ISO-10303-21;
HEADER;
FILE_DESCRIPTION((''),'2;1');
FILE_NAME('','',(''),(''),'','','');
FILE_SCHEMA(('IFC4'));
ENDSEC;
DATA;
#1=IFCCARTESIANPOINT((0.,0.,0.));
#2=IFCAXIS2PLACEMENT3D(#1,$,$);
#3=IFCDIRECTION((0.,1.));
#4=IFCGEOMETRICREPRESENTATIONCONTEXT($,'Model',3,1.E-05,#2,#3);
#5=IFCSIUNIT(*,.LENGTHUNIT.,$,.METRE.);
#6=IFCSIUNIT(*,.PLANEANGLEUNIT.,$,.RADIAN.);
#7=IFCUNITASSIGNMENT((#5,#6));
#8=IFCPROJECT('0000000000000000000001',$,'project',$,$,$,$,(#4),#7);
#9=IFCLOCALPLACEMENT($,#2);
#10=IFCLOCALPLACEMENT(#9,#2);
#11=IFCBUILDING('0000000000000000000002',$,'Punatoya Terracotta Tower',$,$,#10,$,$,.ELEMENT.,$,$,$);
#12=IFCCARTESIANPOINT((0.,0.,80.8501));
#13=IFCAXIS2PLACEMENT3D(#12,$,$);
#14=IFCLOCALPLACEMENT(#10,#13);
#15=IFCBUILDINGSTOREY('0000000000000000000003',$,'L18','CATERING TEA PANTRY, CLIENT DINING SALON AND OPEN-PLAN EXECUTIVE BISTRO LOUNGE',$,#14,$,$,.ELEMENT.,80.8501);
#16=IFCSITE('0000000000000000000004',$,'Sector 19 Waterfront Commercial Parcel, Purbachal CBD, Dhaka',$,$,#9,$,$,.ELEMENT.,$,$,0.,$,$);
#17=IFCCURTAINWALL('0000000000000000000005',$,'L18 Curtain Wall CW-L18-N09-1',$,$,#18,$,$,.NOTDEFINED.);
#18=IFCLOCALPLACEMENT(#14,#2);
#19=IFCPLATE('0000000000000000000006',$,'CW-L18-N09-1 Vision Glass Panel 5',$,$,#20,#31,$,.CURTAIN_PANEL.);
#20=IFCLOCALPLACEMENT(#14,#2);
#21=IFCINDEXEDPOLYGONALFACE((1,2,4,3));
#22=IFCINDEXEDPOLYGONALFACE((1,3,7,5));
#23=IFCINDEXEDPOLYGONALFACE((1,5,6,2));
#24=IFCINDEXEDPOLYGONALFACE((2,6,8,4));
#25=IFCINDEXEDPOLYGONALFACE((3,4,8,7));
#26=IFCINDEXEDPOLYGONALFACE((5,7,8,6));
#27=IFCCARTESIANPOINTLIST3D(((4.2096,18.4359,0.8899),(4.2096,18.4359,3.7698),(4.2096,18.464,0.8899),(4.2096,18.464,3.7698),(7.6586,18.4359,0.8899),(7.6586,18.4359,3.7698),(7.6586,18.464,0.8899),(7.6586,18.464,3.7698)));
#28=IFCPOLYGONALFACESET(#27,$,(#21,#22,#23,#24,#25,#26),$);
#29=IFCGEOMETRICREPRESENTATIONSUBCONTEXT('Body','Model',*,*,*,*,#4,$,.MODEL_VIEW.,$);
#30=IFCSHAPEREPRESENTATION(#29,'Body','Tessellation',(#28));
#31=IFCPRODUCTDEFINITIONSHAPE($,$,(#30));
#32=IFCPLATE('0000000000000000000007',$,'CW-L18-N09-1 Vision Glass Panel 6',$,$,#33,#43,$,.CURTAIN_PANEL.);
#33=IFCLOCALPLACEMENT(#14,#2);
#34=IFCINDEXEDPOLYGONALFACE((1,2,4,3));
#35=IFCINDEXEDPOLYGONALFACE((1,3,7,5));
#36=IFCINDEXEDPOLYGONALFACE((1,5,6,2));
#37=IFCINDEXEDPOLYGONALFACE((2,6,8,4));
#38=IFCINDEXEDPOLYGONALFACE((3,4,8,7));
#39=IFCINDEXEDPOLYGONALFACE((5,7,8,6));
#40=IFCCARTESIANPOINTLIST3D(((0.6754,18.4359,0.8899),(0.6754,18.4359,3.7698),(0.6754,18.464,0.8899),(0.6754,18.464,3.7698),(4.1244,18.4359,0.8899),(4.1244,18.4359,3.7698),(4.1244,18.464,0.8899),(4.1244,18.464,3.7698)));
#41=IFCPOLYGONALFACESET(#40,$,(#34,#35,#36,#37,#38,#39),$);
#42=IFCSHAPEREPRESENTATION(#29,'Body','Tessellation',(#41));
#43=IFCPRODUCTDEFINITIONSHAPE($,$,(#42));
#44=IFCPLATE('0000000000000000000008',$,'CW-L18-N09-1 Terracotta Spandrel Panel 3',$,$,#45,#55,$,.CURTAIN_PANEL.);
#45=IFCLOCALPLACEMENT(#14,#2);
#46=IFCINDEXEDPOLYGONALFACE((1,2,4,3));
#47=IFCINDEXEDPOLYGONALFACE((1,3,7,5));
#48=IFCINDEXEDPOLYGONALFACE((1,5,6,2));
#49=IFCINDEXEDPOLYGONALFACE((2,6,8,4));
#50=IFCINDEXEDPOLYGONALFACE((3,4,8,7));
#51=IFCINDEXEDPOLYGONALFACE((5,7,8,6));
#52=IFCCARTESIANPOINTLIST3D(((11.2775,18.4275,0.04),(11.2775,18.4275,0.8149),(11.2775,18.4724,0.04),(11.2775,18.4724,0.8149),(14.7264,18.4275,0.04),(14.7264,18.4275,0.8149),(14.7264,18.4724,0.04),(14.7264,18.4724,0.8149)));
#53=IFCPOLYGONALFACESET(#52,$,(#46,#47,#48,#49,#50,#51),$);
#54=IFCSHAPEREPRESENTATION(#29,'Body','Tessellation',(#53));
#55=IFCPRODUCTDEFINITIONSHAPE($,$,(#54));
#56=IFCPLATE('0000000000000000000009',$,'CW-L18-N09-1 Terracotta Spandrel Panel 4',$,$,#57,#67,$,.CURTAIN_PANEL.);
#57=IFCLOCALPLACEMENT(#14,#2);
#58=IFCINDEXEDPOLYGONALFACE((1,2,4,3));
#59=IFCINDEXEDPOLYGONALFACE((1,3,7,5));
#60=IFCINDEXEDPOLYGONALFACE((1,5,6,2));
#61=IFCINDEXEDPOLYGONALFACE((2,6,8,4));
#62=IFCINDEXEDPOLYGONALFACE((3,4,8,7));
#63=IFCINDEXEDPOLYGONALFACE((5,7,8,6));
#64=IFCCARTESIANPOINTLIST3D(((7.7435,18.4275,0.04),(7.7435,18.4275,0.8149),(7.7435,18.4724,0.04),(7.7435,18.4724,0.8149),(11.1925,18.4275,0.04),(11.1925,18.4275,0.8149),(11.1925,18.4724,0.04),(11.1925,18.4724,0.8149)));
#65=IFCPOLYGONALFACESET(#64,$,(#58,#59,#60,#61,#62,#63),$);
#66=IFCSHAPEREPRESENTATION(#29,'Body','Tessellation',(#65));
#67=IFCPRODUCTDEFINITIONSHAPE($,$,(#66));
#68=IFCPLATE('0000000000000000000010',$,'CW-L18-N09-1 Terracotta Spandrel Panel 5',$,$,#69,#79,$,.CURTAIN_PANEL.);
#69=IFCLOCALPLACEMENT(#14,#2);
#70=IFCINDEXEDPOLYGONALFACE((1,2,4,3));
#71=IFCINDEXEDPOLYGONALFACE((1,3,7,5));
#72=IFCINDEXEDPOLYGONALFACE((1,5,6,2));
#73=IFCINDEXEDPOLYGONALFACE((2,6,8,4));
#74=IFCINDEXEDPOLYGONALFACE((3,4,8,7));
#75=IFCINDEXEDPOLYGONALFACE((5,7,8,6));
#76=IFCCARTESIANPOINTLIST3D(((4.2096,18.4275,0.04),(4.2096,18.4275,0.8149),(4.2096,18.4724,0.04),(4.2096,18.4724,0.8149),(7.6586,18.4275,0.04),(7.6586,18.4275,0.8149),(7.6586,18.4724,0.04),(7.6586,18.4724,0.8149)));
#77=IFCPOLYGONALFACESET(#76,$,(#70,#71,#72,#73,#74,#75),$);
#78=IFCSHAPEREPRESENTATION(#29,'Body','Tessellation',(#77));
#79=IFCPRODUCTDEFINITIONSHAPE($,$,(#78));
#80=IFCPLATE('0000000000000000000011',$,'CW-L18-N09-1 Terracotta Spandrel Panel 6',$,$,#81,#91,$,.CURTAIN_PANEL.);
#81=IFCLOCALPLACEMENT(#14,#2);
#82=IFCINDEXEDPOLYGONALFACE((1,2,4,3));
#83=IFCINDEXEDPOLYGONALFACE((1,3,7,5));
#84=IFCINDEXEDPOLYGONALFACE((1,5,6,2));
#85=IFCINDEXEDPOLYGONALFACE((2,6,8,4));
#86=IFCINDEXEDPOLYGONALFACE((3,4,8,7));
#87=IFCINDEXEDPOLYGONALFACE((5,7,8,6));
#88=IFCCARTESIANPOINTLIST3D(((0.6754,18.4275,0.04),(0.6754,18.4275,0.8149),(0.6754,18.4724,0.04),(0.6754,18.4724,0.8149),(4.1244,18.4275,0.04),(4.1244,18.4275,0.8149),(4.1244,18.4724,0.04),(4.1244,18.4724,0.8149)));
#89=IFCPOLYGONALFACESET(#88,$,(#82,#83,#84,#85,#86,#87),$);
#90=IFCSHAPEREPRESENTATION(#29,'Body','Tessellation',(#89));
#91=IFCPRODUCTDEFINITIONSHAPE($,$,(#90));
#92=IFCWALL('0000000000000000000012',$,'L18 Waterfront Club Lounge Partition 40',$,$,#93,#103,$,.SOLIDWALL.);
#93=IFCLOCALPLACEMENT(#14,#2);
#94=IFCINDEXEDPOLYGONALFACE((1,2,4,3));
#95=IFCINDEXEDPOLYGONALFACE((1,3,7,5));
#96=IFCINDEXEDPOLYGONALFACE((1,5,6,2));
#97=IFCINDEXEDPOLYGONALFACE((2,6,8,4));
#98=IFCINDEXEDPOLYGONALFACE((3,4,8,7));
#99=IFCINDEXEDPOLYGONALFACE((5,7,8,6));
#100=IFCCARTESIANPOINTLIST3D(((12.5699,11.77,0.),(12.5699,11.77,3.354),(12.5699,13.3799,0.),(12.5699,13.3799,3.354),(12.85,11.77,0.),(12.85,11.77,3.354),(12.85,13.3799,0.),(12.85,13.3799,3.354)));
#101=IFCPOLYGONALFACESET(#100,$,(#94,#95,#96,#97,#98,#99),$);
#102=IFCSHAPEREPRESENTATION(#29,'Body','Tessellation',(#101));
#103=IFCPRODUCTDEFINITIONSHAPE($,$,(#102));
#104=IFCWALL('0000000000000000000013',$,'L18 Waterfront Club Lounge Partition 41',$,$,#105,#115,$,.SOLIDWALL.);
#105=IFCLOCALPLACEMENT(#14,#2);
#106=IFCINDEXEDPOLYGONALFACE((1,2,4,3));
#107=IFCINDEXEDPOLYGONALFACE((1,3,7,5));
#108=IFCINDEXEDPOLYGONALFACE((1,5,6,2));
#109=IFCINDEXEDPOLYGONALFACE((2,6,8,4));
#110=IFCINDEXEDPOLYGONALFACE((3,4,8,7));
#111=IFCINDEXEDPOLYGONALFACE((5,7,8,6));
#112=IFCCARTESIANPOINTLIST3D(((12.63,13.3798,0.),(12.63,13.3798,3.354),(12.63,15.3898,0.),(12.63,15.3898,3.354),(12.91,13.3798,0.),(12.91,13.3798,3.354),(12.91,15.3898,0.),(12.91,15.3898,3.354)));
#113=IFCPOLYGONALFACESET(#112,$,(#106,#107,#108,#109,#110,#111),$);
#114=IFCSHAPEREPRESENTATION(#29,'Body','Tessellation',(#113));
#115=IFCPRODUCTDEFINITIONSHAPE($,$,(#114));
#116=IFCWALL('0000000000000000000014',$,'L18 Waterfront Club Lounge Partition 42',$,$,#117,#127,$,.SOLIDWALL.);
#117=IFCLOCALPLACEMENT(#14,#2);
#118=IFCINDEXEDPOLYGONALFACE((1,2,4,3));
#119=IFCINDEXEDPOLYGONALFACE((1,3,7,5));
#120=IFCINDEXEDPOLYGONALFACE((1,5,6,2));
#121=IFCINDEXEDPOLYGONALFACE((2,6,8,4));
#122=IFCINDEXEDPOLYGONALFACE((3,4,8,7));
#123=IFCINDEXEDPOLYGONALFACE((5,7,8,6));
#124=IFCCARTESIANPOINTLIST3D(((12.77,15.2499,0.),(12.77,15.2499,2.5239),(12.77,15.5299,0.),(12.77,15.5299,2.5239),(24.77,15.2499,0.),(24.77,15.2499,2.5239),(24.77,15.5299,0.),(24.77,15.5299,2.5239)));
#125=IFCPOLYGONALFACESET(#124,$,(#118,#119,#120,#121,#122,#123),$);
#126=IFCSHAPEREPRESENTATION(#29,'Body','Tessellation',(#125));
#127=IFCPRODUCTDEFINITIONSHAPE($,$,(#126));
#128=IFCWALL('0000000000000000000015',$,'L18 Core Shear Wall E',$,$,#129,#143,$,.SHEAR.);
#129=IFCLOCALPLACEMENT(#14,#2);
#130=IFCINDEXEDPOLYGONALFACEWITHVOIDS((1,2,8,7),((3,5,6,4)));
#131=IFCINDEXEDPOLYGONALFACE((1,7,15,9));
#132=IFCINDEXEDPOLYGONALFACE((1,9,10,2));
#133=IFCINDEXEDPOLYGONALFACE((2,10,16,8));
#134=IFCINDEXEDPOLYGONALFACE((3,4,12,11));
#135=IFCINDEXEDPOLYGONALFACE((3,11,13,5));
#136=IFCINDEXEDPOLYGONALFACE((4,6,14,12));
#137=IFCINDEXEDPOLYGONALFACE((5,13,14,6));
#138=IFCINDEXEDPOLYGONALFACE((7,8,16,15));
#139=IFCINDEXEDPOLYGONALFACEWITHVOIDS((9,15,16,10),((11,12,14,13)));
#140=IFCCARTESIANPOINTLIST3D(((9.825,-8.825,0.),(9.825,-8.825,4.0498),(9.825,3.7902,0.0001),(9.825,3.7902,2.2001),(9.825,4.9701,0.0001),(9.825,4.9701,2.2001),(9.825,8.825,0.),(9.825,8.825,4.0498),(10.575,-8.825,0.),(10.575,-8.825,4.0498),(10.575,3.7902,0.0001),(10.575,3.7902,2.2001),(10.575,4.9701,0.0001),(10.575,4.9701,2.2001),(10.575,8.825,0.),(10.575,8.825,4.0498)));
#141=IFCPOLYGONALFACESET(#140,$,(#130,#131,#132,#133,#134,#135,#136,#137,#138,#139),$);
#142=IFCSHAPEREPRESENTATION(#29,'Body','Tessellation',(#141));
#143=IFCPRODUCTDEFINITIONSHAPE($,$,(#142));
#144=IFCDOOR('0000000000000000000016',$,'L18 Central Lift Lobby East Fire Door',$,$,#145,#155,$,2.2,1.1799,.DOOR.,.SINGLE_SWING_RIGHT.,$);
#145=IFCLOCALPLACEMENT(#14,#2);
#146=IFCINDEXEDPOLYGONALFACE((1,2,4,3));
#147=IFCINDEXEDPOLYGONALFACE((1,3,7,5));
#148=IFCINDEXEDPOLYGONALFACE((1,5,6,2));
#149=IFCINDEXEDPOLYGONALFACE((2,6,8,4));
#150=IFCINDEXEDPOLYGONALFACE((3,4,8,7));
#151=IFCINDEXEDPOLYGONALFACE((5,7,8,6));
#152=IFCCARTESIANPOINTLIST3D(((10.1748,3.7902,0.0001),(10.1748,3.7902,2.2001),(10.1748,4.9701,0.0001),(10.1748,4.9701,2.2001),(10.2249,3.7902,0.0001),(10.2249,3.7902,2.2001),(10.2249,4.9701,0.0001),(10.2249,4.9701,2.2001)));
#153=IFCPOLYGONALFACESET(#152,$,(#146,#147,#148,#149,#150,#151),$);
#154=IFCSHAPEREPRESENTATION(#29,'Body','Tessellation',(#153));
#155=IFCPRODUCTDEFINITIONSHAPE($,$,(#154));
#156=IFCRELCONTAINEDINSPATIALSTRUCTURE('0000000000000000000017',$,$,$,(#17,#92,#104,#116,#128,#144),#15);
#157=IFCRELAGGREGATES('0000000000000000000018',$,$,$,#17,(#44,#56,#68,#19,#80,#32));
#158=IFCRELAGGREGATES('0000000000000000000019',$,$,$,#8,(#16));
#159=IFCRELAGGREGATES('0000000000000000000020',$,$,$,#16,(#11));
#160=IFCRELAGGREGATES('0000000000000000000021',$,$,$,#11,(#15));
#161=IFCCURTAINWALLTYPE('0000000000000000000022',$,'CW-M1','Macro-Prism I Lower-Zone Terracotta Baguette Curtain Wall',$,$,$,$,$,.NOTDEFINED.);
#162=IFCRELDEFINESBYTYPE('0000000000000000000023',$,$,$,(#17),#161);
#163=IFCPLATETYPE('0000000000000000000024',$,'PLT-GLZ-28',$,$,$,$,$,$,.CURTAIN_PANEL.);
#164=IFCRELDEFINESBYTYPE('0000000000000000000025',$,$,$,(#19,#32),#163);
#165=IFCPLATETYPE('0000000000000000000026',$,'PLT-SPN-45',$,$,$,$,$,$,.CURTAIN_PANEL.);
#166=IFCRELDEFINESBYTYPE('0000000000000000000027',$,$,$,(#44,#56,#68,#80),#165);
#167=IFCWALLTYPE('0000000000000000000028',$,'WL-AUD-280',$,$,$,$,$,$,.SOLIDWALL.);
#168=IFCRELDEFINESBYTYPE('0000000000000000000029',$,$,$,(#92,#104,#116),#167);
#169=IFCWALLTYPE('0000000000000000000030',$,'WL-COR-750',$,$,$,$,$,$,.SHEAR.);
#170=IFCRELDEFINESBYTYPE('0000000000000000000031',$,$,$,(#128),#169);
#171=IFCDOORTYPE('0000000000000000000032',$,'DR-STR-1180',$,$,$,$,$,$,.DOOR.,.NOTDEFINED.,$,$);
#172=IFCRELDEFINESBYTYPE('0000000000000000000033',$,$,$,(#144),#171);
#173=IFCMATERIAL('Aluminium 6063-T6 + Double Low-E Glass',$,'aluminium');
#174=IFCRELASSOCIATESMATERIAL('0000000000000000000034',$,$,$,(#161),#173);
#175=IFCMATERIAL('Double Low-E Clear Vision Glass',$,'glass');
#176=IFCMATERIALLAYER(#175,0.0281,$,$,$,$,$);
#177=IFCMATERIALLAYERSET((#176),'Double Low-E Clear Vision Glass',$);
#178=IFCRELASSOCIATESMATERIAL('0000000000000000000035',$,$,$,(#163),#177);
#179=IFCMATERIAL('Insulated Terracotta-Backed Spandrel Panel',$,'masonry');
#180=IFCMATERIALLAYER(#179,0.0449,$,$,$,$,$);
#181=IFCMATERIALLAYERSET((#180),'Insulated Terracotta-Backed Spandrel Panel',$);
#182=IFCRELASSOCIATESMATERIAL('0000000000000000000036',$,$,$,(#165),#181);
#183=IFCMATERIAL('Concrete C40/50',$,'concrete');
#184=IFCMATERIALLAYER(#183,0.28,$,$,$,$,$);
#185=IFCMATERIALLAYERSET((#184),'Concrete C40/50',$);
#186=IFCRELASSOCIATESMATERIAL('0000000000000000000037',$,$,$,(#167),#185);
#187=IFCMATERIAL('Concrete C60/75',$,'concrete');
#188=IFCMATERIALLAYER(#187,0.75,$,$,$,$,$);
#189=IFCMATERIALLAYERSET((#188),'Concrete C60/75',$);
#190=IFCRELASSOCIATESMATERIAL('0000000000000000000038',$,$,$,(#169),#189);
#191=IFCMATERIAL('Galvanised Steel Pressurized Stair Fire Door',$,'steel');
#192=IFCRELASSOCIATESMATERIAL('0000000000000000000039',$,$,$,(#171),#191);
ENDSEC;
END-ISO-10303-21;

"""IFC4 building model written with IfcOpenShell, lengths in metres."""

from ifc_helpers import new_model, si_unit, direction, frame, frame_2d, origin, origin_2d, place, context, subcontext, project, spatial, rectangle, extrude, material, layer, layer_set, type_object, element, fill, aggregate, save


model = new_model("IFC4")

# Units and contexts
model_context = context("Model", 3, precision=1e-05, world=origin(), true_north=direction((0.0, 1.0)))
body_context = subcontext(model_context, "Body", "Model", "MODEL_VIEW")
ifc_project = project(units=[si_unit("LENGTHUNIT", "METRE"), si_unit("PLANEANGLEUNIT", "RADIAN")], contexts=[model_context])

# Site, building, storey
site_placement = place(None, origin())
site = spatial("IfcSite", under=ifc_project, at=site_placement, Name="Sector 19 Waterfront Commercial Parcel, Purbachal CBD, Dhaka", CompositionType="ELEMENT", RefElevation=0.0)
building_placement = place(site_placement, origin())
building = spatial("IfcBuilding", under=site, at=building_placement, Name="Punatoya Terracotta Tower", CompositionType="ELEMENT")
storey_placement = place(building_placement, frame((0.0, 0.0, 80.8501)))
storey = spatial("IfcBuildingStorey", under=building, at=storey_placement, Name="L18", Description="CATERING TEA PANTRY, CLIENT DINING SALON AND OPEN-PLAN EXECUTIVE BISTRO LOUNGE", CompositionType="ELEMENT", Elevation=80.8501)

# Curtain wall, plates
ifc_material_1 = material(Name="Aluminium 6063-T6 + Double Low-E Glass", Category="aluminium")
curtain_wall_type = type_object("IfcCurtainWallType", Name="CW-M1", Description="Macro-Prism I Lower-Zone Terracotta Baguette Curtain Wall", PredefinedType="NOTDEFINED", material=ifc_material_1)
curtain_wall_placement = place(storey_placement, origin())
curtain_wall = element("IfcCurtainWall", 1, at=curtain_wall_placement, inside=storey, type_object=curtain_wall_type, Name="L18 Curtain Wall CW-L18-N09-1", PredefinedType="NOTDEFINED")
ifc_material_2 = material(Name="Double Low-E Clear Vision Glass", Category="glass")
ifc_layer_1 = layer(ifc_material_2, 0.0281)
ifc_layer_set_1 = layer_set([ifc_layer_1], Name="Double Low-E Clear Vision Glass")
plate_type_1 = type_object("IfcPlateType", Name="PLT-GLZ-28", PredefinedType="CURTAIN_PANEL", material=ifc_layer_set_1)
plate_1_placement = place(storey_placement, frame((5.9341, 18.45, 0.8899), z_axis=(0.0, 0.0, 1.0), x_axis=(-1.0, 0.0, 0.0)))
plate_1 = element("IfcPlate", 2, at=plate_1_placement, type_object=plate_type_1, Name="CW-L18-N09-1 Vision Glass Panel 5", PredefinedType="CURTAIN_PANEL", context=body_context, shape_type="SweptSolid", body=[
    extrude(rectangle(XDim=3.449, YDim=0.0281, at=origin_2d()), origin(), (0.0, 0.0, 1.0), 2.8799),
])
plate_2_placement = place(storey_placement, frame((2.3999, 18.45, 0.8899), z_axis=(0.0, 0.0, 1.0), x_axis=(-1.0, 0.0, 0.0)))
plate_2 = element("IfcPlate", 3, at=plate_2_placement, type_object=plate_type_1, Name="CW-L18-N09-1 Vision Glass Panel 6", PredefinedType="CURTAIN_PANEL", context=body_context, shape_type="SweptSolid", body=[
    extrude(rectangle(XDim=3.449, YDim=0.0281, at=origin_2d()), origin(), (0.0, 0.0, 1.0), 2.8799),
])
ifc_material_3 = material(Name="Insulated Terracotta-Backed Spandrel Panel", Category="masonry")
ifc_layer_2 = layer(ifc_material_3, 0.0449)
ifc_layer_set_2 = layer_set([ifc_layer_2], Name="Insulated Terracotta-Backed Spandrel Panel")
plate_type_2 = type_object("IfcPlateType", Name="PLT-SPN-45", PredefinedType="CURTAIN_PANEL", material=ifc_layer_set_2)
plate_3_placement = place(storey_placement, frame((13.002, 18.45, 0.04), z_axis=(0.0, 0.0, 1.0), x_axis=(-1.0, 0.0, 0.0)))
plate_3 = element("IfcPlate", 4, at=plate_3_placement, type_object=plate_type_2, Name="CW-L18-N09-1 Terracotta Spandrel Panel 3", PredefinedType="CURTAIN_PANEL", context=body_context, shape_type="SweptSolid", body=[
    extrude(rectangle(XDim=3.449, YDim=0.0449, at=origin_2d()), origin(), (0.0, 0.0, 1.0), 0.7749),
])
plate_4_placement = place(storey_placement, frame((9.468, 18.45, 0.04), z_axis=(0.0, 0.0, 1.0), x_axis=(-1.0, 0.0, 0.0)))
plate_4 = element("IfcPlate", 5, at=plate_4_placement, type_object=plate_type_2, Name="CW-L18-N09-1 Terracotta Spandrel Panel 4", PredefinedType="CURTAIN_PANEL", context=body_context, shape_type="SweptSolid", body=[
    extrude(rectangle(XDim=3.449, YDim=0.0449, at=origin_2d()), origin(), (0.0, 0.0, 1.0), 0.7749),
])
plate_5_placement = place(storey_placement, frame((5.9341, 18.45, 0.04), z_axis=(0.0, 0.0, 1.0), x_axis=(-1.0, 0.0, 0.0)))
plate_5 = element("IfcPlate", 6, at=plate_5_placement, type_object=plate_type_2, Name="CW-L18-N09-1 Terracotta Spandrel Panel 5", PredefinedType="CURTAIN_PANEL", context=body_context, shape_type="SweptSolid", body=[
    extrude(rectangle(XDim=3.449, YDim=0.0449, at=origin_2d()), origin(), (0.0, 0.0, 1.0), 0.7749),
])
plate_6_placement = place(storey_placement, frame((2.3999, 18.45, 0.04), z_axis=(0.0, 0.0, 1.0), x_axis=(-1.0, 0.0, 0.0)))
plate_6 = element("IfcPlate", 7, at=plate_6_placement, type_object=plate_type_2, Name="CW-L18-N09-1 Terracotta Spandrel Panel 6", PredefinedType="CURTAIN_PANEL", context=body_context, shape_type="SweptSolid", body=[
    extrude(rectangle(XDim=3.449, YDim=0.0449, at=origin_2d()), origin(), (0.0, 0.0, 1.0), 0.7749),
])
aggregate(curtain_wall, [plate_3, plate_4, plate_5, plate_1, plate_6, plate_2])

# Walls
ifc_material_4 = material(Name="Concrete C40/50", Category="concrete")
ifc_layer_3 = layer(ifc_material_4, 0.28)
ifc_layer_set_3 = layer_set([ifc_layer_3], Name="Concrete C40/50")
wall_type_1 = type_object("IfcWallType", Name="WL-AUD-280", PredefinedType="SOLIDWALL", material=ifc_layer_set_3)
wall_1_placement = place(storey_placement, frame((12.71, 11.77, 0.0), z_axis=(0.0, 0.0, 1.0), x_axis=(0.0, 1.0, 0.0)))
element("IfcWall", 8, at=wall_1_placement, inside=storey, type_object=wall_type_1, Name="L18 Waterfront Club Lounge Partition 40", PredefinedType="SOLIDWALL", context=body_context, shape_type="SweptSolid", body=[
    extrude(rectangle(XDim=1.6099, YDim=0.28, at=frame_2d((0.8049, 0.0))), origin(), (0.0, 0.0, 1.0), 3.354),
])
wall_2_placement = place(storey_placement, frame((12.77, 13.3799, 0.0), z_axis=(0.0, 0.0, 1.0), x_axis=(0.0, 1.0, 0.0)))
element("IfcWall", 9, at=wall_2_placement, inside=storey, type_object=wall_type_1, Name="L18 Waterfront Club Lounge Partition 41", PredefinedType="SOLIDWALL", context=body_context, shape_type="SweptSolid", body=[
    extrude(rectangle(XDim=2.01, YDim=0.28, at=frame_2d((1.0049, 0.0))), origin(), (0.0, 0.0, 1.0), 3.354),
])
wall_3_placement = place(storey_placement, frame((12.77, 15.3899, 0.0), z_axis=(0.0, 0.0, 1.0), x_axis=(1.0, 0.0, 0.0)))
element("IfcWall", 10, at=wall_3_placement, inside=storey, type_object=wall_type_1, Name="L18 Waterfront Club Lounge Partition 42", PredefinedType="SOLIDWALL", context=body_context, shape_type="SweptSolid", body=[
    extrude(rectangle(XDim=12.0, YDim=0.28, at=frame_2d((6.0, 0.0))), origin(), (0.0, 0.0, 1.0), 2.5239),
])

# Wall, opening, door
ifc_material_5 = material(Name="Concrete C60/75", Category="concrete")
ifc_layer_4 = layer(ifc_material_5, 0.75)
ifc_layer_set_4 = layer_set([ifc_layer_4], Name="Concrete C60/75")
wall_type_2 = type_object("IfcWallType", Name="WL-COR-750", PredefinedType="SHEAR", material=ifc_layer_set_4)
wall_4_placement = place(storey_placement, frame((10.2, 8.825, 0.0), z_axis=(0.0, 0.0, 1.0), x_axis=(0.0, -1.0, 0.0)))
wall_4 = element("IfcWall", 11, at=wall_4_placement, inside=storey, type_object=wall_type_2, Name="L18 Core Shear Wall E", PredefinedType="SHEAR", context=body_context, shape_type="SweptSolid", body=[
    extrude(rectangle(XDim=17.6499, YDim=0.75, at=frame_2d((8.825, 0.0))), origin(), (0.0, 0.0, 1.0), 4.0498),
])
opening_1_placement = place(wall_4_placement, frame((3.855, 0.0, 0.0)))
opening_1 = element("IfcOpeningElement", 12, at=opening_1_placement, cuts=wall_4, PredefinedType="OPENING", context=body_context, shape_type="SweptSolid", body=[
    extrude(rectangle(XDim=1.1799, YDim=2.2, at=frame_2d((0.5898, 1.1001))), frame((0.0, 0.385, 0.0), z_axis=(0.0, -1.0, 0.0), x_axis=(1.0, 0.0, 0.0)), (0.0, 0.0, 1.0), 0.77),
])
ifc_material_6 = material(Name="Galvanised Steel Pressurized Stair Fire Door", Category="steel")
door_type_1 = type_object("IfcDoorType", Name="DR-STR-1180", OperationType="NOTDEFINED", PredefinedType="DOOR", material=ifc_material_6)
door_1_placement = place(opening_1_placement, origin())
door_1 = element("IfcDoor", 13, at=door_1_placement, inside=storey, type_object=door_type_1, Name="L18 Central Lift Lobby East Fire Door", OperationType="SINGLE_SWING_RIGHT", OverallHeight=2.2, OverallWidth=1.1799, PredefinedType="DOOR", context=body_context, shape_type="SweptSolid", body=[
    extrude(rectangle(XDim=1.1799, YDim=2.2, at=frame_2d((0.5898, 1.1001))), frame((0.0, 0.0249, 0.0), z_axis=(0.0, -1.0, 0.0), x_axis=(1.0, 0.0, 0.0)), (0.0, 0.0, 1.0), 0.05),
])
fill(opening_1, door_1)

save(model, "model.ifc")
